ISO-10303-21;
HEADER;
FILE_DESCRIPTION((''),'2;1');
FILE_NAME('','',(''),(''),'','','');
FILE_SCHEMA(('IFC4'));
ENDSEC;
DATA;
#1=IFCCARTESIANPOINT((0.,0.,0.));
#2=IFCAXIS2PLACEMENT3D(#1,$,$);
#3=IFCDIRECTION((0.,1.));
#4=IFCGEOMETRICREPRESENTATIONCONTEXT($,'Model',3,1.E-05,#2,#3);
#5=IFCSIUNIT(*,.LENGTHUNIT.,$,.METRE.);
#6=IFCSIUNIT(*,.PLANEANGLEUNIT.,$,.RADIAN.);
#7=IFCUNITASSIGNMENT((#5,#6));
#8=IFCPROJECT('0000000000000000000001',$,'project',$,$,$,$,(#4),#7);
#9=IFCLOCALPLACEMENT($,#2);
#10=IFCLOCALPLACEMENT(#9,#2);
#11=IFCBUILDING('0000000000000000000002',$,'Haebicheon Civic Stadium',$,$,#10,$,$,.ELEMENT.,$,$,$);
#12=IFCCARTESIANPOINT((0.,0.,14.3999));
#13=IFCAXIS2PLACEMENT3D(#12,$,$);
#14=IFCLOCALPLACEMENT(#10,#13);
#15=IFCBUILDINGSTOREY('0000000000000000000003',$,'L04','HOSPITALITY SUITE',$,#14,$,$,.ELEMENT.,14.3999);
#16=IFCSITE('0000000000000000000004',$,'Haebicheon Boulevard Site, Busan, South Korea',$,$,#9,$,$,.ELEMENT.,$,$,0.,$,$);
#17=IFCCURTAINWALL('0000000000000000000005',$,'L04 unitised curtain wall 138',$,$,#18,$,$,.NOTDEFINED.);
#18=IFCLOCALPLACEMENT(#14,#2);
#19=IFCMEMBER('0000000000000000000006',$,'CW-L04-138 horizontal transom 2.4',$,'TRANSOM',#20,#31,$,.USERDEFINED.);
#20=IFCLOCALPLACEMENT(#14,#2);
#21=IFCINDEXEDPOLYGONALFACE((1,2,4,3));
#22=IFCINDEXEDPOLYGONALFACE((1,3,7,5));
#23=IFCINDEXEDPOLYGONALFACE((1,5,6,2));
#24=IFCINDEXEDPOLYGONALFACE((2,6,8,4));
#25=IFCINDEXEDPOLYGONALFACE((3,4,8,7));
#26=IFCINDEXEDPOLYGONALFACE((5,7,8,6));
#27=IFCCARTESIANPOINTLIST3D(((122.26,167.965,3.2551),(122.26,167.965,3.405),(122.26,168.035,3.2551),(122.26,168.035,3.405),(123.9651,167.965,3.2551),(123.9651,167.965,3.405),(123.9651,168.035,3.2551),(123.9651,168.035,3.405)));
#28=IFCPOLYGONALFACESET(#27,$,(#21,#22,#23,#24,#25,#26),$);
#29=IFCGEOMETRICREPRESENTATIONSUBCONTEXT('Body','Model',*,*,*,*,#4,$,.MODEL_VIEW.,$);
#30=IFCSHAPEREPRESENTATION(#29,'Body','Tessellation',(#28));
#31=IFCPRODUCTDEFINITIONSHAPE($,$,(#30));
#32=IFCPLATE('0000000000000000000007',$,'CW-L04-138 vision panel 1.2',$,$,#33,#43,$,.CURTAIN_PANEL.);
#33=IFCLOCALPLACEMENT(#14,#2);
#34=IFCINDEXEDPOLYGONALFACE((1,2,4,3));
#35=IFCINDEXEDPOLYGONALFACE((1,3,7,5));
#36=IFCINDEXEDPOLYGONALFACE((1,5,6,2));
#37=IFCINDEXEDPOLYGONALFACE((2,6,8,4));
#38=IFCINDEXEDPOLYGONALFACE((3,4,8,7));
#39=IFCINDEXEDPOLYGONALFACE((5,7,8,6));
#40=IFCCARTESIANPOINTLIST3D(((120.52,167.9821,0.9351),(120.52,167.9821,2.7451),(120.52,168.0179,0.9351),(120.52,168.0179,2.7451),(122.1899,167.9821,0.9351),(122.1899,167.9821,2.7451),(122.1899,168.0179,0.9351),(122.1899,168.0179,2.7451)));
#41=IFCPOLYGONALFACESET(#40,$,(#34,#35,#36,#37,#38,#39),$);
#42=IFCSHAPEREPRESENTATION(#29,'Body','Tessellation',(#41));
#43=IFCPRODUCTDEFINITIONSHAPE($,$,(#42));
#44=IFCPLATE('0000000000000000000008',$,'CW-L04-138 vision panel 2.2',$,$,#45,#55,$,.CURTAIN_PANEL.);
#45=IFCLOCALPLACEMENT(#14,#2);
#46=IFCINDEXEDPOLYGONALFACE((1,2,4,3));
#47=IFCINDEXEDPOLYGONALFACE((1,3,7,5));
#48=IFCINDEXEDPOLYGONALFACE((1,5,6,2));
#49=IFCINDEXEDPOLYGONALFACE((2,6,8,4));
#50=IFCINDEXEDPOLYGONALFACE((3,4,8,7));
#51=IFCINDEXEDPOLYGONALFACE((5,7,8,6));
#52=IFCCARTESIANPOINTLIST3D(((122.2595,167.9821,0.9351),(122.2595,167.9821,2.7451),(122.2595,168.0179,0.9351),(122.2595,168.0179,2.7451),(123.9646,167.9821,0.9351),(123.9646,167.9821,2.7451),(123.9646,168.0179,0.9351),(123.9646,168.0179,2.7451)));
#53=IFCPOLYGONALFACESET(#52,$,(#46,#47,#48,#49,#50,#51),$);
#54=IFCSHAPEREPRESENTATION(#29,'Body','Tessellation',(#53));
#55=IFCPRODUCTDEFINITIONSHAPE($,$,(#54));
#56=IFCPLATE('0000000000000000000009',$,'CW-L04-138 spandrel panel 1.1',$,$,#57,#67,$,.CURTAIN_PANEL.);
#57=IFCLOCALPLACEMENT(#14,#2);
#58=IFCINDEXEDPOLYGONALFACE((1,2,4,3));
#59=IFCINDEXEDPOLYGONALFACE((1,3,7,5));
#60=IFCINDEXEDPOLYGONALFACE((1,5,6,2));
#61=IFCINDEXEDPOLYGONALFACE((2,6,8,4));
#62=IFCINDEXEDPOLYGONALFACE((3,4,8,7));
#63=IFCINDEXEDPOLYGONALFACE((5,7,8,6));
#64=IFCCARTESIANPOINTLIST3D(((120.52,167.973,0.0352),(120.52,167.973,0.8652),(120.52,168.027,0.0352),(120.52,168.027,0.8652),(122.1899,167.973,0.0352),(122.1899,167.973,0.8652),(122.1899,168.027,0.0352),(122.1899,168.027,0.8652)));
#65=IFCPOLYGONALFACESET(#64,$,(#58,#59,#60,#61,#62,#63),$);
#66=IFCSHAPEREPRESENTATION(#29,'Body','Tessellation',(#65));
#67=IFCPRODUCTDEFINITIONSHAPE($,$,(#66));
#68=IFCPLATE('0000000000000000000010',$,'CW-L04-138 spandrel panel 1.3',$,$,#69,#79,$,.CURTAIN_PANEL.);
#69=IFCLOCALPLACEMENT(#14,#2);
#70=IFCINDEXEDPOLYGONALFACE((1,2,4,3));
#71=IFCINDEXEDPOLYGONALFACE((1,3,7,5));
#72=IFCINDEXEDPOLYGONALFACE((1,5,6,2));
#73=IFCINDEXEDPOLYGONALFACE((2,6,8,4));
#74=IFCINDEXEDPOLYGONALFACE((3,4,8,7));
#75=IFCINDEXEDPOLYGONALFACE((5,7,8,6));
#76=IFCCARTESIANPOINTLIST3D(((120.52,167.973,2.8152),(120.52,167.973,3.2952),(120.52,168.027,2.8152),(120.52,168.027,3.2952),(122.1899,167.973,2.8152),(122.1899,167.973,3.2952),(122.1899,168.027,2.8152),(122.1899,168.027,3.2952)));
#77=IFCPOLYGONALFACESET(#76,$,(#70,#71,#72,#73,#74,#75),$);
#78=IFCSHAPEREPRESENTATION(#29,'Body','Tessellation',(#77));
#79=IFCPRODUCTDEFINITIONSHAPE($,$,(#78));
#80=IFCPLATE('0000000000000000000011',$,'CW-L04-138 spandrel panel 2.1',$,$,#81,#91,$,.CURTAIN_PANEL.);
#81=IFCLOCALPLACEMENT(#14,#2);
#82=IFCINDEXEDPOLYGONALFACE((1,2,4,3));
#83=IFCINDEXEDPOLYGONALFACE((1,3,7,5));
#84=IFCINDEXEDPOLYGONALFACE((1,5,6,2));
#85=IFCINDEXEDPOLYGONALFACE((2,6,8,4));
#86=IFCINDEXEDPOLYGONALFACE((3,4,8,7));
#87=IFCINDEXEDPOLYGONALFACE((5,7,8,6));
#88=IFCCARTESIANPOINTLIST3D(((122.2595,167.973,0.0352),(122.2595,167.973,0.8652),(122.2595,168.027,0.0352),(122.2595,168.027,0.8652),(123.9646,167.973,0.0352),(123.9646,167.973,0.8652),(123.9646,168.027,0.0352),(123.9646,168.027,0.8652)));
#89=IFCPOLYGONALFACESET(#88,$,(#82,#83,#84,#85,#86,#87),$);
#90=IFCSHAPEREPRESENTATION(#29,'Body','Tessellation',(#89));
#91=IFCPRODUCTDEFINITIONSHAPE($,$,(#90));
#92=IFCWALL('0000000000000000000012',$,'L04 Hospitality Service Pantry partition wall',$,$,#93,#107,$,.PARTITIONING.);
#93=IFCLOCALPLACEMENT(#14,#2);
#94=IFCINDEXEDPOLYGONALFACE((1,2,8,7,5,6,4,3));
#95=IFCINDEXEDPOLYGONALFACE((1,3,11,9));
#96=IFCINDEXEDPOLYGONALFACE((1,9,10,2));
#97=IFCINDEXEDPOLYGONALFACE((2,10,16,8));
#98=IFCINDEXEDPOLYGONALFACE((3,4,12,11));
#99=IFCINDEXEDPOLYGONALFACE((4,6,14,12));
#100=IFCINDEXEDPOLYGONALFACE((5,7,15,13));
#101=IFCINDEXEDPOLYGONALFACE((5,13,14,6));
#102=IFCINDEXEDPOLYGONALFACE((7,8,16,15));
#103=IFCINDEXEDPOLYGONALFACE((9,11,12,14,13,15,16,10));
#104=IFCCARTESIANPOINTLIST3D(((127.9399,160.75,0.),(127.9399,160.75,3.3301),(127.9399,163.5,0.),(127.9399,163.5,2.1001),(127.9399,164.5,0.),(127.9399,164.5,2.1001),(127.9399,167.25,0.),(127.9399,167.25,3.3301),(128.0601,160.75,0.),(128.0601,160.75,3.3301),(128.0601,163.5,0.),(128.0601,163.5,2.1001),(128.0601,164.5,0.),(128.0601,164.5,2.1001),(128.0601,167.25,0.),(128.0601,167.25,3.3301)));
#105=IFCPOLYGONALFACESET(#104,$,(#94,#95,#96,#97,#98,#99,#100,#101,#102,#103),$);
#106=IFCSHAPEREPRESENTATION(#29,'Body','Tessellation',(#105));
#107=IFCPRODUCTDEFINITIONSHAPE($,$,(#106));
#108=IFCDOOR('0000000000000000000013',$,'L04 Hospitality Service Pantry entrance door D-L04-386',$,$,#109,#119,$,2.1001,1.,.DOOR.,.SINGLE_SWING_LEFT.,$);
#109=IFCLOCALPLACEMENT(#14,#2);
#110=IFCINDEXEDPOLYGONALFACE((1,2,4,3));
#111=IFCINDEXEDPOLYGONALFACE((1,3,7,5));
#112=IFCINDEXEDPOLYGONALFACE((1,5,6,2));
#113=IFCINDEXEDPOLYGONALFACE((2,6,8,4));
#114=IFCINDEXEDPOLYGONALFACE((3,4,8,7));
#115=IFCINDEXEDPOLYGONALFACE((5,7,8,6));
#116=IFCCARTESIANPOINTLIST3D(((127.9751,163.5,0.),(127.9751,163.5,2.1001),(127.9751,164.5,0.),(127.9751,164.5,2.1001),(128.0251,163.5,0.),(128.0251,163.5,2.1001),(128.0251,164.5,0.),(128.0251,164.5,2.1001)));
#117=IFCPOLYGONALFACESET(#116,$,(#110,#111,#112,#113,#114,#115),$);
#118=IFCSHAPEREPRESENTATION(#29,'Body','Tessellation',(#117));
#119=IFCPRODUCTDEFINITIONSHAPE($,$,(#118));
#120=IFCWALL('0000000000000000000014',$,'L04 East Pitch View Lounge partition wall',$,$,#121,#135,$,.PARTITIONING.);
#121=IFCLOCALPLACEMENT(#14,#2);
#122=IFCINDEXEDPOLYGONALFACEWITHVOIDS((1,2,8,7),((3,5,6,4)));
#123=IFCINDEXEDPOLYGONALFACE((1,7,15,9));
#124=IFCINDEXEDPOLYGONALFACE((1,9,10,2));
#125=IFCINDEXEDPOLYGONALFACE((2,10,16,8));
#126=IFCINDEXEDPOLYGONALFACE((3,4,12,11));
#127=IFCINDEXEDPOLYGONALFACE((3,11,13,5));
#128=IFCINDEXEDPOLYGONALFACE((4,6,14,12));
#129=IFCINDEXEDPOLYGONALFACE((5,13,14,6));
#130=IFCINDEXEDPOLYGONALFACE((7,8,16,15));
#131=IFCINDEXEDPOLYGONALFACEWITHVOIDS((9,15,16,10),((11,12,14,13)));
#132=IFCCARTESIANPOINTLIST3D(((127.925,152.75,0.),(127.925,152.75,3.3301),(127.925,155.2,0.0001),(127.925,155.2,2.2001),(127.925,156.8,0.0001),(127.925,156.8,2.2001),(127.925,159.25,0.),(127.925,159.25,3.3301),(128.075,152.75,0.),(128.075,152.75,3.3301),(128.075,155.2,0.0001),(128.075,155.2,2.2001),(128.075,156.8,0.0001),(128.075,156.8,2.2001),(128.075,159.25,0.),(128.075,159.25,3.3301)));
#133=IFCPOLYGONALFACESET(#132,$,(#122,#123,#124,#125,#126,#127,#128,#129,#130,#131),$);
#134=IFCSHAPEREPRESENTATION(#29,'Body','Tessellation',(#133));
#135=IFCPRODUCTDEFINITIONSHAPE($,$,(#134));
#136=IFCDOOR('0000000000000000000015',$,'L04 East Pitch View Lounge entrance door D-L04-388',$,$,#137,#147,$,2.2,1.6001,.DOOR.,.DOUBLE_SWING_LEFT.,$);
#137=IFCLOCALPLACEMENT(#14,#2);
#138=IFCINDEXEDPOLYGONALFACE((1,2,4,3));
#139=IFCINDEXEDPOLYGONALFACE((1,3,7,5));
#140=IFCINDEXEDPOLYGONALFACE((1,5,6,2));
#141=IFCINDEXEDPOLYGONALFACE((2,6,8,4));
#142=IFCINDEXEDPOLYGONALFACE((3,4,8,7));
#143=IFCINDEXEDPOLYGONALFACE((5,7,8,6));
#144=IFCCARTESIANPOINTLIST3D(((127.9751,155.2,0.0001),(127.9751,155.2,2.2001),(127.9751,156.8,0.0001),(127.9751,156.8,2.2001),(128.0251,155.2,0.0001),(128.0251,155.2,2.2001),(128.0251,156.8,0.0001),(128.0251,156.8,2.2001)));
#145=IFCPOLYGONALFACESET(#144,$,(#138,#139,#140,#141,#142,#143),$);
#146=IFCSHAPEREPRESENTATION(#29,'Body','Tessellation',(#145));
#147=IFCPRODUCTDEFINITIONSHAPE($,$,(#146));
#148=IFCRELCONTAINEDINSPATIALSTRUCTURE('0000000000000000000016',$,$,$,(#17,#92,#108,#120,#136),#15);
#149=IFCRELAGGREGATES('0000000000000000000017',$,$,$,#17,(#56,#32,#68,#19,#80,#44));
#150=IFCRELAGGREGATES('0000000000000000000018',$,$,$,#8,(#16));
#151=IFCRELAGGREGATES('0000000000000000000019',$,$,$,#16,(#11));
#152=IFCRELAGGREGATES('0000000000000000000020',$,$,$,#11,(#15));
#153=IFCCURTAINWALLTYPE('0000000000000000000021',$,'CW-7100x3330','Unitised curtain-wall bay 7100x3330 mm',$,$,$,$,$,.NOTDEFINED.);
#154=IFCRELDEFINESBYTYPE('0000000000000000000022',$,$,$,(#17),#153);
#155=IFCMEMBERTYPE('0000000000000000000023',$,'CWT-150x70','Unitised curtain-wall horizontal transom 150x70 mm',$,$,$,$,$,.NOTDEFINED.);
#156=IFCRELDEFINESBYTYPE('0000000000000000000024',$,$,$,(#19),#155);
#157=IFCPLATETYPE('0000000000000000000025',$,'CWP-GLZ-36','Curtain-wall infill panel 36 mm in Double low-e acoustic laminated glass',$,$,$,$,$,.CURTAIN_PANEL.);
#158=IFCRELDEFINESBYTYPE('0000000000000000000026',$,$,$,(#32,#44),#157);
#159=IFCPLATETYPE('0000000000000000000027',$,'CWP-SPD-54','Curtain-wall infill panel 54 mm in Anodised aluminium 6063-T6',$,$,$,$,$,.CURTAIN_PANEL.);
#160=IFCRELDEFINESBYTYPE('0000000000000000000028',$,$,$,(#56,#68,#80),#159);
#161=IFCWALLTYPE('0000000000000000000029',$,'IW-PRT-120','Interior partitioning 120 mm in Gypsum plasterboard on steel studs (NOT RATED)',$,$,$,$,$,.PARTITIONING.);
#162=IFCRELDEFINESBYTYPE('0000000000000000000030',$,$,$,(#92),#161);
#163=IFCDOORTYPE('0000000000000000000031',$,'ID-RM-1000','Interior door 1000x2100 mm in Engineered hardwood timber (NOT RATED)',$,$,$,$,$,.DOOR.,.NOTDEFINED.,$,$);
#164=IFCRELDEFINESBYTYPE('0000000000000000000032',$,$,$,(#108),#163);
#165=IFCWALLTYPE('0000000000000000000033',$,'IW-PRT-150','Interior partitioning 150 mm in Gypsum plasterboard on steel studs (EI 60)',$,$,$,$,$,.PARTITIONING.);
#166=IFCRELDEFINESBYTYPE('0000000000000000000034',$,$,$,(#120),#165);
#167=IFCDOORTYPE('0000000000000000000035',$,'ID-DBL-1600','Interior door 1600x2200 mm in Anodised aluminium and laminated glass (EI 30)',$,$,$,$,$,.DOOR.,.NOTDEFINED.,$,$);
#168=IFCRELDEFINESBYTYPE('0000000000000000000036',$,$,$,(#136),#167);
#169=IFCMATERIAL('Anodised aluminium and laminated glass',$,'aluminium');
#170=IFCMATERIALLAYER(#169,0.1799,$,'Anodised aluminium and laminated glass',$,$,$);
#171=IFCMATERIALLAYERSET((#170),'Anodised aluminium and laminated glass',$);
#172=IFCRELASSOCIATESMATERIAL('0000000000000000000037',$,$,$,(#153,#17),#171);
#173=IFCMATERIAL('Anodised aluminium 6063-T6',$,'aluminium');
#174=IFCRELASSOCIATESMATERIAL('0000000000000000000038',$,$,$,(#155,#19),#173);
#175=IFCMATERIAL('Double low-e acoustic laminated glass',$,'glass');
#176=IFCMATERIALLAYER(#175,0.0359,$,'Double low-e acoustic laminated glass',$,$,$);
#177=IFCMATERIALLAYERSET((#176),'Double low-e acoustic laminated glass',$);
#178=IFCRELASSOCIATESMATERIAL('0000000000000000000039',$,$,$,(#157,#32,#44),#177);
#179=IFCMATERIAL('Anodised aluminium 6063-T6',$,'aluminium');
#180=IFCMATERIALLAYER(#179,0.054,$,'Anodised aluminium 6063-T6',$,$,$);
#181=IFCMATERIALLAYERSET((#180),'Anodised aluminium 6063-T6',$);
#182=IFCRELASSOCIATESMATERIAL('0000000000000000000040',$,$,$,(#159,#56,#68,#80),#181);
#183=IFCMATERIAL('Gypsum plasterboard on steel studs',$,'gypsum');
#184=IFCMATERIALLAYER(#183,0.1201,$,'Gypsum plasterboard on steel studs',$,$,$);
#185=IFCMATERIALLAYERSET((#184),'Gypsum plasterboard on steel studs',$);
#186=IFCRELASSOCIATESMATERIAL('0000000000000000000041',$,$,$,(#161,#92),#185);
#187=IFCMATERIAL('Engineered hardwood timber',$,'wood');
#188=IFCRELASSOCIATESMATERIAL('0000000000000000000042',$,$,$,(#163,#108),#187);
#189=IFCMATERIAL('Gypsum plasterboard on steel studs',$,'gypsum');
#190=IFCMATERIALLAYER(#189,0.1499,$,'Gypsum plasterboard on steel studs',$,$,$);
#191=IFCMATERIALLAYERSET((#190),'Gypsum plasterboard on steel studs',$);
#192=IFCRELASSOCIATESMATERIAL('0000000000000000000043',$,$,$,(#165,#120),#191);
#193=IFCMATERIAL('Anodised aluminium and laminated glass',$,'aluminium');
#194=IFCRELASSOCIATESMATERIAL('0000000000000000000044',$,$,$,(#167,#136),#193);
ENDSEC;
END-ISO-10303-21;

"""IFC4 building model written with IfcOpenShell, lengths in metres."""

from ifc_helpers import new_model, si_unit, direction, frame, frame_2d, origin, origin_2d, place, context, subcontext, project, spatial, rectangle, extrude, material, layer, layer_set, material_profile, profile_set, type_object, element, fill, aggregate, save


model = new_model("IFC4")

# Units and contexts
model_context = context("Model", 3, precision=1e-05, world=origin(), true_north=direction((0.0, 1.0)))
body_context = subcontext(model_context, "Body", "Model", "MODEL_VIEW")
ifc_project = project(units=[si_unit("LENGTHUNIT", "METRE"), si_unit("PLANEANGLEUNIT", "RADIAN")], contexts=[model_context])

# Site, building, storey
site_placement = place(None, origin())
site = spatial("IfcSite", under=ifc_project, at=site_placement, Name="Haebicheon Boulevard Site, Busan, South Korea", CompositionType="ELEMENT", RefElevation=0.0)
building_placement = place(site_placement, origin())
building = spatial("IfcBuilding", under=site, at=building_placement, Name="Haebicheon Civic Stadium", CompositionType="ELEMENT")
storey_placement = place(building_placement, frame((0.0, 0.0, 14.3999)))
storey = spatial("IfcBuildingStorey", under=building, at=storey_placement, Name="L04", Description="HOSPITALITY SUITE", CompositionType="ELEMENT", Elevation=14.3999)

# Curtain wall, member, plates
ifc_material_1 = material(Name="Anodised aluminium and laminated glass", Category="aluminium")
ifc_layer_1 = layer(ifc_material_1, 0.1799, Name="Anodised aluminium and laminated glass")
ifc_layer_set_1 = layer_set([ifc_layer_1], Name="Anodised aluminium and laminated glass")
curtain_wall_type = type_object("IfcCurtainWallType", Name="CW-7100x3330", Description="Unitised curtain-wall bay 7100x3330 mm", PredefinedType="NOTDEFINED", material=ifc_layer_set_1)
curtain_wall_placement = place(storey_placement, origin())
curtain_wall = element("IfcCurtainWall", 1, at=curtain_wall_placement, inside=storey, type_object=curtain_wall_type, material=ifc_layer_set_1, Name="L04 unitised curtain wall 138", PredefinedType="NOTDEFINED")
ifc_material_2 = material(Name="Anodised aluminium 6063-T6", Category="aluminium")
ifc_material_profile_1 = material_profile(ifc_material_2, rectangle(XDim=0.0701, YDim=0.1499, at=origin_2d()), Name="ALU-TRAN-70x150")
ifc_profile_set_1 = profile_set([ifc_material_profile_1], Name="Anodised aluminium 6063-T6")
member_type_1 = type_object("IfcMemberType", Name="CWT-150x70", Description="Unitised curtain-wall horizontal transom 150x70 mm", PredefinedType="NOTDEFINED", material=ifc_profile_set_1)
member_1_placement = place(storey_placement, frame((122.26, 168.0, 3.3301), z_axis=(1.0, 0.0, 0.0), x_axis=(0.0, 1.0, 0.0)))
member_1 = element("IfcMember", 2, at=member_1_placement, type_object=member_type_1, material=ifc_profile_set_1, Name="CW-L04-138 horizontal transom 2.4", ObjectType="TRANSOM", PredefinedType="USERDEFINED", context=body_context, shape_type="SweptSolid", body=[
    extrude(rectangle(XDim=0.0701, YDim=0.1499, at=origin_2d()), origin(), (0.0, 0.0, 1.0), 1.7051),
])
ifc_material_3 = material(Name="Double low-e acoustic laminated glass", Category="glass")
ifc_layer_2 = layer(ifc_material_3, 0.0359, Name="Double low-e acoustic laminated glass")
ifc_layer_set_2 = layer_set([ifc_layer_2], Name="Double low-e acoustic laminated glass")
plate_type_1 = type_object("IfcPlateType", Name="CWP-GLZ-36", Description="Curtain-wall infill panel 36 mm in Double low-e acoustic laminated glass", PredefinedType="CURTAIN_PANEL", material=ifc_layer_set_2)
plate_1_placement = place(storey_placement, frame((121.355, 168.0, 0.9351), z_axis=(0.0, 0.0, 1.0), x_axis=(1.0, 0.0, 0.0)))
plate_1 = element("IfcPlate", 3, at=plate_1_placement, type_object=plate_type_1, material=ifc_layer_set_2, Name="CW-L04-138 vision panel 1.2", PredefinedType="CURTAIN_PANEL", context=body_context, shape_type="SweptSolid", body=[
    extrude(rectangle(XDim=1.6699, YDim=0.0359, at=origin_2d()), origin(), (0.0, 0.0, 1.0), 1.8101),
])
plate_2_placement = place(storey_placement, frame((123.1121, 168.0, 0.9351), z_axis=(0.0, 0.0, 1.0), x_axis=(1.0, 0.0, 0.0)))
plate_2 = element("IfcPlate", 4, at=plate_2_placement, type_object=plate_type_1, material=ifc_layer_set_2, Name="CW-L04-138 vision panel 2.2", PredefinedType="CURTAIN_PANEL", context=body_context, shape_type="SweptSolid", body=[
    extrude(rectangle(XDim=1.7051, YDim=0.0359, at=origin_2d()), origin(), (0.0, 0.0, 1.0), 1.8101),
])
ifc_material_4 = material(Name="Anodised aluminium 6063-T6", Category="aluminium")
ifc_layer_3 = layer(ifc_material_4, 0.054, Name="Anodised aluminium 6063-T6")
ifc_layer_set_3 = layer_set([ifc_layer_3], Name="Anodised aluminium 6063-T6")
plate_type_2 = type_object("IfcPlateType", Name="CWP-SPD-54", Description="Curtain-wall infill panel 54 mm in Anodised aluminium 6063-T6", PredefinedType="CURTAIN_PANEL", material=ifc_layer_set_3)
plate_3_placement = place(storey_placement, frame((121.355, 168.0, 0.0352), z_axis=(0.0, 0.0, 1.0), x_axis=(1.0, 0.0, 0.0)))
plate_3 = element("IfcPlate", 5, at=plate_3_placement, type_object=plate_type_2, material=ifc_layer_set_3, Name="CW-L04-138 spandrel panel 1.1", PredefinedType="CURTAIN_PANEL", context=body_context, shape_type="SweptSolid", body=[
    extrude(rectangle(XDim=1.6699, YDim=0.054, at=origin_2d()), origin(), (0.0, 0.0, 1.0), 0.8301),
])
plate_4_placement = place(storey_placement, frame((121.355, 168.0, 2.8152), z_axis=(0.0, 0.0, 1.0), x_axis=(1.0, 0.0, 0.0)))
plate_4 = element("IfcPlate", 6, at=plate_4_placement, type_object=plate_type_2, material=ifc_layer_set_3, Name="CW-L04-138 spandrel panel 1.3", PredefinedType="CURTAIN_PANEL", context=body_context, shape_type="SweptSolid", body=[
    extrude(rectangle(XDim=1.6699, YDim=0.054, at=origin_2d()), origin(), (0.0, 0.0, 1.0), 0.48),
])
plate_5_placement = place(storey_placement, frame((123.1121, 168.0, 0.0352), z_axis=(0.0, 0.0, 1.0), x_axis=(1.0, 0.0, 0.0)))
plate_5 = element("IfcPlate", 7, at=plate_5_placement, type_object=plate_type_2, material=ifc_layer_set_3, Name="CW-L04-138 spandrel panel 2.1", PredefinedType="CURTAIN_PANEL", context=body_context, shape_type="SweptSolid", body=[
    extrude(rectangle(XDim=1.7051, YDim=0.054, at=origin_2d()), origin(), (0.0, 0.0, 1.0), 0.8301),
])
aggregate(curtain_wall, [plate_3, plate_1, plate_4, member_1, plate_5, plate_2])

# Walls, openings, doors
ifc_material_5 = material(Name="Gypsum plasterboard on steel studs", Category="gypsum")
ifc_layer_4 = layer(ifc_material_5, 0.1201, Name="Gypsum plasterboard on steel studs")
ifc_layer_set_4 = layer_set([ifc_layer_4], Name="Gypsum plasterboard on steel studs")
wall_type_1 = type_object("IfcWallType", Name="IW-PRT-120", Description="Interior partitioning 120 mm in Gypsum plasterboard on steel studs (NOT RATED)", PredefinedType="PARTITIONING", material=ifc_layer_set_4)
wall_1_placement = place(storey_placement, frame((128.0, 160.75, 0.0), z_axis=(0.0, 0.0, 1.0), x_axis=(0.0, 1.0, 0.0)))
wall_1 = element("IfcWall", 8, at=wall_1_placement, inside=storey, type_object=wall_type_1, material=ifc_layer_set_4, Name="L04 Hospitality Service Pantry partition wall", PredefinedType="PARTITIONING", context=body_context, shape_type="SweptSolid", body=[
    extrude(rectangle(XDim=6.5, YDim=0.1201, at=frame_2d((3.25, 0.0))), origin(), (0.0, 0.0, 1.0), 3.3301),
])
opening_1_placement = place(wall_1_placement, frame((2.75, 0.0, 0.0)))
opening_1 = element("IfcOpeningElement", 9, at=opening_1_placement, cuts=wall_1, PredefinedType="OPENING", context=body_context, shape_type="SweptSolid", body=[
    extrude(rectangle(XDim=1.0, YDim=2.1001, at=frame_2d((0.5, 1.05))), frame((0.0, 0.0701, 0.0), z_axis=(0.0, -1.0, 0.0), x_axis=(1.0, 0.0, 0.0)), (0.0, 0.0, 1.0), 0.1401),
])
ifc_material_6 = material(Name="Engineered hardwood timber", Category="wood")
door_type_1 = type_object("IfcDoorType", Name="ID-RM-1000", Description="Interior door 1000x2100 mm in Engineered hardwood timber (NOT RATED)", OperationType="NOTDEFINED", PredefinedType="DOOR", material=ifc_material_6)
door_1_placement = place(opening_1_placement, origin())
door_1 = element("IfcDoor", 10, at=door_1_placement, inside=storey, type_object=door_type_1, material=ifc_material_6, Name="L04 Hospitality Service Pantry entrance door D-L04-386", OperationType="SINGLE_SWING_LEFT", OverallHeight=2.1001, OverallWidth=1.0, PredefinedType="DOOR", context=body_context, shape_type="SweptSolid", body=[
    extrude(rectangle(XDim=1.0, YDim=2.1001, at=frame_2d((0.5, 1.05))), frame((0.0, 0.0249, 0.0), z_axis=(0.0, -1.0, 0.0), x_axis=(1.0, 0.0, 0.0)), (0.0, 0.0, 1.0), 0.05),
])
fill(opening_1, door_1)
ifc_material_7 = material(Name="Gypsum plasterboard on steel studs", Category="gypsum")
ifc_layer_5 = layer(ifc_material_7, 0.1499, Name="Gypsum plasterboard on steel studs")
ifc_layer_set_5 = layer_set([ifc_layer_5], Name="Gypsum plasterboard on steel studs")
wall_type_2 = type_object("IfcWallType", Name="IW-PRT-150", Description="Interior partitioning 150 mm in Gypsum plasterboard on steel studs (EI 60)", PredefinedType="PARTITIONING", material=ifc_layer_set_5)
wall_2_placement = place(storey_placement, frame((128.0, 152.75, 0.0), z_axis=(0.0, 0.0, 1.0), x_axis=(0.0, 1.0, 0.0)))
wall_2 = element("IfcWall", 11, at=wall_2_placement, inside=storey, type_object=wall_type_2, material=ifc_layer_set_5, Name="L04 East Pitch View Lounge partition wall", PredefinedType="PARTITIONING", context=body_context, shape_type="SweptSolid", body=[
    extrude(rectangle(XDim=6.5, YDim=0.1499, at=frame_2d((3.25, 0.0))), origin(), (0.0, 0.0, 1.0), 3.3301),
])
opening_2_placement = place(wall_2_placement, frame((2.45, 0.0, 0.0)))
opening_2 = element("IfcOpeningElement", 12, at=opening_2_placement, cuts=wall_2, PredefinedType="OPENING", context=body_context, shape_type="SweptSolid", body=[
    extrude(rectangle(XDim=1.6001, YDim=2.2, at=frame_2d((0.8, 1.1001))), frame((0.0, 0.085, 0.0), z_axis=(0.0, -1.0, 0.0), x_axis=(1.0, 0.0, 0.0)), (0.0, 0.0, 1.0), 0.1699),
])
ifc_material_8 = material(Name="Anodised aluminium and laminated glass", Category="aluminium")
door_type_2 = type_object("IfcDoorType", Name="ID-DBL-1600", Description="Interior door 1600x2200 mm in Anodised aluminium and laminated glass (EI 30)", OperationType="NOTDEFINED", PredefinedType="DOOR", material=ifc_material_8)
door_2_placement = place(opening_2_placement, origin())
door_2 = element("IfcDoor", 13, at=door_2_placement, inside=storey, type_object=door_type_2, material=ifc_material_8, Name="L04 East Pitch View Lounge entrance door D-L04-388", OperationType="DOUBLE_SWING_LEFT", OverallHeight=2.2, OverallWidth=1.6001, PredefinedType="DOOR", context=body_context, shape_type="SweptSolid", body=[
    extrude(rectangle(XDim=1.6001, YDim=2.2, at=frame_2d((0.8, 1.1001))), frame((0.0, 0.0249, 0.0), z_axis=(0.0, -1.0, 0.0), x_axis=(1.0, 0.0, 0.0)), (0.0, 0.0, 1.0), 0.05),
])
fill(opening_2, door_2)

save(model, "model.ifc")
